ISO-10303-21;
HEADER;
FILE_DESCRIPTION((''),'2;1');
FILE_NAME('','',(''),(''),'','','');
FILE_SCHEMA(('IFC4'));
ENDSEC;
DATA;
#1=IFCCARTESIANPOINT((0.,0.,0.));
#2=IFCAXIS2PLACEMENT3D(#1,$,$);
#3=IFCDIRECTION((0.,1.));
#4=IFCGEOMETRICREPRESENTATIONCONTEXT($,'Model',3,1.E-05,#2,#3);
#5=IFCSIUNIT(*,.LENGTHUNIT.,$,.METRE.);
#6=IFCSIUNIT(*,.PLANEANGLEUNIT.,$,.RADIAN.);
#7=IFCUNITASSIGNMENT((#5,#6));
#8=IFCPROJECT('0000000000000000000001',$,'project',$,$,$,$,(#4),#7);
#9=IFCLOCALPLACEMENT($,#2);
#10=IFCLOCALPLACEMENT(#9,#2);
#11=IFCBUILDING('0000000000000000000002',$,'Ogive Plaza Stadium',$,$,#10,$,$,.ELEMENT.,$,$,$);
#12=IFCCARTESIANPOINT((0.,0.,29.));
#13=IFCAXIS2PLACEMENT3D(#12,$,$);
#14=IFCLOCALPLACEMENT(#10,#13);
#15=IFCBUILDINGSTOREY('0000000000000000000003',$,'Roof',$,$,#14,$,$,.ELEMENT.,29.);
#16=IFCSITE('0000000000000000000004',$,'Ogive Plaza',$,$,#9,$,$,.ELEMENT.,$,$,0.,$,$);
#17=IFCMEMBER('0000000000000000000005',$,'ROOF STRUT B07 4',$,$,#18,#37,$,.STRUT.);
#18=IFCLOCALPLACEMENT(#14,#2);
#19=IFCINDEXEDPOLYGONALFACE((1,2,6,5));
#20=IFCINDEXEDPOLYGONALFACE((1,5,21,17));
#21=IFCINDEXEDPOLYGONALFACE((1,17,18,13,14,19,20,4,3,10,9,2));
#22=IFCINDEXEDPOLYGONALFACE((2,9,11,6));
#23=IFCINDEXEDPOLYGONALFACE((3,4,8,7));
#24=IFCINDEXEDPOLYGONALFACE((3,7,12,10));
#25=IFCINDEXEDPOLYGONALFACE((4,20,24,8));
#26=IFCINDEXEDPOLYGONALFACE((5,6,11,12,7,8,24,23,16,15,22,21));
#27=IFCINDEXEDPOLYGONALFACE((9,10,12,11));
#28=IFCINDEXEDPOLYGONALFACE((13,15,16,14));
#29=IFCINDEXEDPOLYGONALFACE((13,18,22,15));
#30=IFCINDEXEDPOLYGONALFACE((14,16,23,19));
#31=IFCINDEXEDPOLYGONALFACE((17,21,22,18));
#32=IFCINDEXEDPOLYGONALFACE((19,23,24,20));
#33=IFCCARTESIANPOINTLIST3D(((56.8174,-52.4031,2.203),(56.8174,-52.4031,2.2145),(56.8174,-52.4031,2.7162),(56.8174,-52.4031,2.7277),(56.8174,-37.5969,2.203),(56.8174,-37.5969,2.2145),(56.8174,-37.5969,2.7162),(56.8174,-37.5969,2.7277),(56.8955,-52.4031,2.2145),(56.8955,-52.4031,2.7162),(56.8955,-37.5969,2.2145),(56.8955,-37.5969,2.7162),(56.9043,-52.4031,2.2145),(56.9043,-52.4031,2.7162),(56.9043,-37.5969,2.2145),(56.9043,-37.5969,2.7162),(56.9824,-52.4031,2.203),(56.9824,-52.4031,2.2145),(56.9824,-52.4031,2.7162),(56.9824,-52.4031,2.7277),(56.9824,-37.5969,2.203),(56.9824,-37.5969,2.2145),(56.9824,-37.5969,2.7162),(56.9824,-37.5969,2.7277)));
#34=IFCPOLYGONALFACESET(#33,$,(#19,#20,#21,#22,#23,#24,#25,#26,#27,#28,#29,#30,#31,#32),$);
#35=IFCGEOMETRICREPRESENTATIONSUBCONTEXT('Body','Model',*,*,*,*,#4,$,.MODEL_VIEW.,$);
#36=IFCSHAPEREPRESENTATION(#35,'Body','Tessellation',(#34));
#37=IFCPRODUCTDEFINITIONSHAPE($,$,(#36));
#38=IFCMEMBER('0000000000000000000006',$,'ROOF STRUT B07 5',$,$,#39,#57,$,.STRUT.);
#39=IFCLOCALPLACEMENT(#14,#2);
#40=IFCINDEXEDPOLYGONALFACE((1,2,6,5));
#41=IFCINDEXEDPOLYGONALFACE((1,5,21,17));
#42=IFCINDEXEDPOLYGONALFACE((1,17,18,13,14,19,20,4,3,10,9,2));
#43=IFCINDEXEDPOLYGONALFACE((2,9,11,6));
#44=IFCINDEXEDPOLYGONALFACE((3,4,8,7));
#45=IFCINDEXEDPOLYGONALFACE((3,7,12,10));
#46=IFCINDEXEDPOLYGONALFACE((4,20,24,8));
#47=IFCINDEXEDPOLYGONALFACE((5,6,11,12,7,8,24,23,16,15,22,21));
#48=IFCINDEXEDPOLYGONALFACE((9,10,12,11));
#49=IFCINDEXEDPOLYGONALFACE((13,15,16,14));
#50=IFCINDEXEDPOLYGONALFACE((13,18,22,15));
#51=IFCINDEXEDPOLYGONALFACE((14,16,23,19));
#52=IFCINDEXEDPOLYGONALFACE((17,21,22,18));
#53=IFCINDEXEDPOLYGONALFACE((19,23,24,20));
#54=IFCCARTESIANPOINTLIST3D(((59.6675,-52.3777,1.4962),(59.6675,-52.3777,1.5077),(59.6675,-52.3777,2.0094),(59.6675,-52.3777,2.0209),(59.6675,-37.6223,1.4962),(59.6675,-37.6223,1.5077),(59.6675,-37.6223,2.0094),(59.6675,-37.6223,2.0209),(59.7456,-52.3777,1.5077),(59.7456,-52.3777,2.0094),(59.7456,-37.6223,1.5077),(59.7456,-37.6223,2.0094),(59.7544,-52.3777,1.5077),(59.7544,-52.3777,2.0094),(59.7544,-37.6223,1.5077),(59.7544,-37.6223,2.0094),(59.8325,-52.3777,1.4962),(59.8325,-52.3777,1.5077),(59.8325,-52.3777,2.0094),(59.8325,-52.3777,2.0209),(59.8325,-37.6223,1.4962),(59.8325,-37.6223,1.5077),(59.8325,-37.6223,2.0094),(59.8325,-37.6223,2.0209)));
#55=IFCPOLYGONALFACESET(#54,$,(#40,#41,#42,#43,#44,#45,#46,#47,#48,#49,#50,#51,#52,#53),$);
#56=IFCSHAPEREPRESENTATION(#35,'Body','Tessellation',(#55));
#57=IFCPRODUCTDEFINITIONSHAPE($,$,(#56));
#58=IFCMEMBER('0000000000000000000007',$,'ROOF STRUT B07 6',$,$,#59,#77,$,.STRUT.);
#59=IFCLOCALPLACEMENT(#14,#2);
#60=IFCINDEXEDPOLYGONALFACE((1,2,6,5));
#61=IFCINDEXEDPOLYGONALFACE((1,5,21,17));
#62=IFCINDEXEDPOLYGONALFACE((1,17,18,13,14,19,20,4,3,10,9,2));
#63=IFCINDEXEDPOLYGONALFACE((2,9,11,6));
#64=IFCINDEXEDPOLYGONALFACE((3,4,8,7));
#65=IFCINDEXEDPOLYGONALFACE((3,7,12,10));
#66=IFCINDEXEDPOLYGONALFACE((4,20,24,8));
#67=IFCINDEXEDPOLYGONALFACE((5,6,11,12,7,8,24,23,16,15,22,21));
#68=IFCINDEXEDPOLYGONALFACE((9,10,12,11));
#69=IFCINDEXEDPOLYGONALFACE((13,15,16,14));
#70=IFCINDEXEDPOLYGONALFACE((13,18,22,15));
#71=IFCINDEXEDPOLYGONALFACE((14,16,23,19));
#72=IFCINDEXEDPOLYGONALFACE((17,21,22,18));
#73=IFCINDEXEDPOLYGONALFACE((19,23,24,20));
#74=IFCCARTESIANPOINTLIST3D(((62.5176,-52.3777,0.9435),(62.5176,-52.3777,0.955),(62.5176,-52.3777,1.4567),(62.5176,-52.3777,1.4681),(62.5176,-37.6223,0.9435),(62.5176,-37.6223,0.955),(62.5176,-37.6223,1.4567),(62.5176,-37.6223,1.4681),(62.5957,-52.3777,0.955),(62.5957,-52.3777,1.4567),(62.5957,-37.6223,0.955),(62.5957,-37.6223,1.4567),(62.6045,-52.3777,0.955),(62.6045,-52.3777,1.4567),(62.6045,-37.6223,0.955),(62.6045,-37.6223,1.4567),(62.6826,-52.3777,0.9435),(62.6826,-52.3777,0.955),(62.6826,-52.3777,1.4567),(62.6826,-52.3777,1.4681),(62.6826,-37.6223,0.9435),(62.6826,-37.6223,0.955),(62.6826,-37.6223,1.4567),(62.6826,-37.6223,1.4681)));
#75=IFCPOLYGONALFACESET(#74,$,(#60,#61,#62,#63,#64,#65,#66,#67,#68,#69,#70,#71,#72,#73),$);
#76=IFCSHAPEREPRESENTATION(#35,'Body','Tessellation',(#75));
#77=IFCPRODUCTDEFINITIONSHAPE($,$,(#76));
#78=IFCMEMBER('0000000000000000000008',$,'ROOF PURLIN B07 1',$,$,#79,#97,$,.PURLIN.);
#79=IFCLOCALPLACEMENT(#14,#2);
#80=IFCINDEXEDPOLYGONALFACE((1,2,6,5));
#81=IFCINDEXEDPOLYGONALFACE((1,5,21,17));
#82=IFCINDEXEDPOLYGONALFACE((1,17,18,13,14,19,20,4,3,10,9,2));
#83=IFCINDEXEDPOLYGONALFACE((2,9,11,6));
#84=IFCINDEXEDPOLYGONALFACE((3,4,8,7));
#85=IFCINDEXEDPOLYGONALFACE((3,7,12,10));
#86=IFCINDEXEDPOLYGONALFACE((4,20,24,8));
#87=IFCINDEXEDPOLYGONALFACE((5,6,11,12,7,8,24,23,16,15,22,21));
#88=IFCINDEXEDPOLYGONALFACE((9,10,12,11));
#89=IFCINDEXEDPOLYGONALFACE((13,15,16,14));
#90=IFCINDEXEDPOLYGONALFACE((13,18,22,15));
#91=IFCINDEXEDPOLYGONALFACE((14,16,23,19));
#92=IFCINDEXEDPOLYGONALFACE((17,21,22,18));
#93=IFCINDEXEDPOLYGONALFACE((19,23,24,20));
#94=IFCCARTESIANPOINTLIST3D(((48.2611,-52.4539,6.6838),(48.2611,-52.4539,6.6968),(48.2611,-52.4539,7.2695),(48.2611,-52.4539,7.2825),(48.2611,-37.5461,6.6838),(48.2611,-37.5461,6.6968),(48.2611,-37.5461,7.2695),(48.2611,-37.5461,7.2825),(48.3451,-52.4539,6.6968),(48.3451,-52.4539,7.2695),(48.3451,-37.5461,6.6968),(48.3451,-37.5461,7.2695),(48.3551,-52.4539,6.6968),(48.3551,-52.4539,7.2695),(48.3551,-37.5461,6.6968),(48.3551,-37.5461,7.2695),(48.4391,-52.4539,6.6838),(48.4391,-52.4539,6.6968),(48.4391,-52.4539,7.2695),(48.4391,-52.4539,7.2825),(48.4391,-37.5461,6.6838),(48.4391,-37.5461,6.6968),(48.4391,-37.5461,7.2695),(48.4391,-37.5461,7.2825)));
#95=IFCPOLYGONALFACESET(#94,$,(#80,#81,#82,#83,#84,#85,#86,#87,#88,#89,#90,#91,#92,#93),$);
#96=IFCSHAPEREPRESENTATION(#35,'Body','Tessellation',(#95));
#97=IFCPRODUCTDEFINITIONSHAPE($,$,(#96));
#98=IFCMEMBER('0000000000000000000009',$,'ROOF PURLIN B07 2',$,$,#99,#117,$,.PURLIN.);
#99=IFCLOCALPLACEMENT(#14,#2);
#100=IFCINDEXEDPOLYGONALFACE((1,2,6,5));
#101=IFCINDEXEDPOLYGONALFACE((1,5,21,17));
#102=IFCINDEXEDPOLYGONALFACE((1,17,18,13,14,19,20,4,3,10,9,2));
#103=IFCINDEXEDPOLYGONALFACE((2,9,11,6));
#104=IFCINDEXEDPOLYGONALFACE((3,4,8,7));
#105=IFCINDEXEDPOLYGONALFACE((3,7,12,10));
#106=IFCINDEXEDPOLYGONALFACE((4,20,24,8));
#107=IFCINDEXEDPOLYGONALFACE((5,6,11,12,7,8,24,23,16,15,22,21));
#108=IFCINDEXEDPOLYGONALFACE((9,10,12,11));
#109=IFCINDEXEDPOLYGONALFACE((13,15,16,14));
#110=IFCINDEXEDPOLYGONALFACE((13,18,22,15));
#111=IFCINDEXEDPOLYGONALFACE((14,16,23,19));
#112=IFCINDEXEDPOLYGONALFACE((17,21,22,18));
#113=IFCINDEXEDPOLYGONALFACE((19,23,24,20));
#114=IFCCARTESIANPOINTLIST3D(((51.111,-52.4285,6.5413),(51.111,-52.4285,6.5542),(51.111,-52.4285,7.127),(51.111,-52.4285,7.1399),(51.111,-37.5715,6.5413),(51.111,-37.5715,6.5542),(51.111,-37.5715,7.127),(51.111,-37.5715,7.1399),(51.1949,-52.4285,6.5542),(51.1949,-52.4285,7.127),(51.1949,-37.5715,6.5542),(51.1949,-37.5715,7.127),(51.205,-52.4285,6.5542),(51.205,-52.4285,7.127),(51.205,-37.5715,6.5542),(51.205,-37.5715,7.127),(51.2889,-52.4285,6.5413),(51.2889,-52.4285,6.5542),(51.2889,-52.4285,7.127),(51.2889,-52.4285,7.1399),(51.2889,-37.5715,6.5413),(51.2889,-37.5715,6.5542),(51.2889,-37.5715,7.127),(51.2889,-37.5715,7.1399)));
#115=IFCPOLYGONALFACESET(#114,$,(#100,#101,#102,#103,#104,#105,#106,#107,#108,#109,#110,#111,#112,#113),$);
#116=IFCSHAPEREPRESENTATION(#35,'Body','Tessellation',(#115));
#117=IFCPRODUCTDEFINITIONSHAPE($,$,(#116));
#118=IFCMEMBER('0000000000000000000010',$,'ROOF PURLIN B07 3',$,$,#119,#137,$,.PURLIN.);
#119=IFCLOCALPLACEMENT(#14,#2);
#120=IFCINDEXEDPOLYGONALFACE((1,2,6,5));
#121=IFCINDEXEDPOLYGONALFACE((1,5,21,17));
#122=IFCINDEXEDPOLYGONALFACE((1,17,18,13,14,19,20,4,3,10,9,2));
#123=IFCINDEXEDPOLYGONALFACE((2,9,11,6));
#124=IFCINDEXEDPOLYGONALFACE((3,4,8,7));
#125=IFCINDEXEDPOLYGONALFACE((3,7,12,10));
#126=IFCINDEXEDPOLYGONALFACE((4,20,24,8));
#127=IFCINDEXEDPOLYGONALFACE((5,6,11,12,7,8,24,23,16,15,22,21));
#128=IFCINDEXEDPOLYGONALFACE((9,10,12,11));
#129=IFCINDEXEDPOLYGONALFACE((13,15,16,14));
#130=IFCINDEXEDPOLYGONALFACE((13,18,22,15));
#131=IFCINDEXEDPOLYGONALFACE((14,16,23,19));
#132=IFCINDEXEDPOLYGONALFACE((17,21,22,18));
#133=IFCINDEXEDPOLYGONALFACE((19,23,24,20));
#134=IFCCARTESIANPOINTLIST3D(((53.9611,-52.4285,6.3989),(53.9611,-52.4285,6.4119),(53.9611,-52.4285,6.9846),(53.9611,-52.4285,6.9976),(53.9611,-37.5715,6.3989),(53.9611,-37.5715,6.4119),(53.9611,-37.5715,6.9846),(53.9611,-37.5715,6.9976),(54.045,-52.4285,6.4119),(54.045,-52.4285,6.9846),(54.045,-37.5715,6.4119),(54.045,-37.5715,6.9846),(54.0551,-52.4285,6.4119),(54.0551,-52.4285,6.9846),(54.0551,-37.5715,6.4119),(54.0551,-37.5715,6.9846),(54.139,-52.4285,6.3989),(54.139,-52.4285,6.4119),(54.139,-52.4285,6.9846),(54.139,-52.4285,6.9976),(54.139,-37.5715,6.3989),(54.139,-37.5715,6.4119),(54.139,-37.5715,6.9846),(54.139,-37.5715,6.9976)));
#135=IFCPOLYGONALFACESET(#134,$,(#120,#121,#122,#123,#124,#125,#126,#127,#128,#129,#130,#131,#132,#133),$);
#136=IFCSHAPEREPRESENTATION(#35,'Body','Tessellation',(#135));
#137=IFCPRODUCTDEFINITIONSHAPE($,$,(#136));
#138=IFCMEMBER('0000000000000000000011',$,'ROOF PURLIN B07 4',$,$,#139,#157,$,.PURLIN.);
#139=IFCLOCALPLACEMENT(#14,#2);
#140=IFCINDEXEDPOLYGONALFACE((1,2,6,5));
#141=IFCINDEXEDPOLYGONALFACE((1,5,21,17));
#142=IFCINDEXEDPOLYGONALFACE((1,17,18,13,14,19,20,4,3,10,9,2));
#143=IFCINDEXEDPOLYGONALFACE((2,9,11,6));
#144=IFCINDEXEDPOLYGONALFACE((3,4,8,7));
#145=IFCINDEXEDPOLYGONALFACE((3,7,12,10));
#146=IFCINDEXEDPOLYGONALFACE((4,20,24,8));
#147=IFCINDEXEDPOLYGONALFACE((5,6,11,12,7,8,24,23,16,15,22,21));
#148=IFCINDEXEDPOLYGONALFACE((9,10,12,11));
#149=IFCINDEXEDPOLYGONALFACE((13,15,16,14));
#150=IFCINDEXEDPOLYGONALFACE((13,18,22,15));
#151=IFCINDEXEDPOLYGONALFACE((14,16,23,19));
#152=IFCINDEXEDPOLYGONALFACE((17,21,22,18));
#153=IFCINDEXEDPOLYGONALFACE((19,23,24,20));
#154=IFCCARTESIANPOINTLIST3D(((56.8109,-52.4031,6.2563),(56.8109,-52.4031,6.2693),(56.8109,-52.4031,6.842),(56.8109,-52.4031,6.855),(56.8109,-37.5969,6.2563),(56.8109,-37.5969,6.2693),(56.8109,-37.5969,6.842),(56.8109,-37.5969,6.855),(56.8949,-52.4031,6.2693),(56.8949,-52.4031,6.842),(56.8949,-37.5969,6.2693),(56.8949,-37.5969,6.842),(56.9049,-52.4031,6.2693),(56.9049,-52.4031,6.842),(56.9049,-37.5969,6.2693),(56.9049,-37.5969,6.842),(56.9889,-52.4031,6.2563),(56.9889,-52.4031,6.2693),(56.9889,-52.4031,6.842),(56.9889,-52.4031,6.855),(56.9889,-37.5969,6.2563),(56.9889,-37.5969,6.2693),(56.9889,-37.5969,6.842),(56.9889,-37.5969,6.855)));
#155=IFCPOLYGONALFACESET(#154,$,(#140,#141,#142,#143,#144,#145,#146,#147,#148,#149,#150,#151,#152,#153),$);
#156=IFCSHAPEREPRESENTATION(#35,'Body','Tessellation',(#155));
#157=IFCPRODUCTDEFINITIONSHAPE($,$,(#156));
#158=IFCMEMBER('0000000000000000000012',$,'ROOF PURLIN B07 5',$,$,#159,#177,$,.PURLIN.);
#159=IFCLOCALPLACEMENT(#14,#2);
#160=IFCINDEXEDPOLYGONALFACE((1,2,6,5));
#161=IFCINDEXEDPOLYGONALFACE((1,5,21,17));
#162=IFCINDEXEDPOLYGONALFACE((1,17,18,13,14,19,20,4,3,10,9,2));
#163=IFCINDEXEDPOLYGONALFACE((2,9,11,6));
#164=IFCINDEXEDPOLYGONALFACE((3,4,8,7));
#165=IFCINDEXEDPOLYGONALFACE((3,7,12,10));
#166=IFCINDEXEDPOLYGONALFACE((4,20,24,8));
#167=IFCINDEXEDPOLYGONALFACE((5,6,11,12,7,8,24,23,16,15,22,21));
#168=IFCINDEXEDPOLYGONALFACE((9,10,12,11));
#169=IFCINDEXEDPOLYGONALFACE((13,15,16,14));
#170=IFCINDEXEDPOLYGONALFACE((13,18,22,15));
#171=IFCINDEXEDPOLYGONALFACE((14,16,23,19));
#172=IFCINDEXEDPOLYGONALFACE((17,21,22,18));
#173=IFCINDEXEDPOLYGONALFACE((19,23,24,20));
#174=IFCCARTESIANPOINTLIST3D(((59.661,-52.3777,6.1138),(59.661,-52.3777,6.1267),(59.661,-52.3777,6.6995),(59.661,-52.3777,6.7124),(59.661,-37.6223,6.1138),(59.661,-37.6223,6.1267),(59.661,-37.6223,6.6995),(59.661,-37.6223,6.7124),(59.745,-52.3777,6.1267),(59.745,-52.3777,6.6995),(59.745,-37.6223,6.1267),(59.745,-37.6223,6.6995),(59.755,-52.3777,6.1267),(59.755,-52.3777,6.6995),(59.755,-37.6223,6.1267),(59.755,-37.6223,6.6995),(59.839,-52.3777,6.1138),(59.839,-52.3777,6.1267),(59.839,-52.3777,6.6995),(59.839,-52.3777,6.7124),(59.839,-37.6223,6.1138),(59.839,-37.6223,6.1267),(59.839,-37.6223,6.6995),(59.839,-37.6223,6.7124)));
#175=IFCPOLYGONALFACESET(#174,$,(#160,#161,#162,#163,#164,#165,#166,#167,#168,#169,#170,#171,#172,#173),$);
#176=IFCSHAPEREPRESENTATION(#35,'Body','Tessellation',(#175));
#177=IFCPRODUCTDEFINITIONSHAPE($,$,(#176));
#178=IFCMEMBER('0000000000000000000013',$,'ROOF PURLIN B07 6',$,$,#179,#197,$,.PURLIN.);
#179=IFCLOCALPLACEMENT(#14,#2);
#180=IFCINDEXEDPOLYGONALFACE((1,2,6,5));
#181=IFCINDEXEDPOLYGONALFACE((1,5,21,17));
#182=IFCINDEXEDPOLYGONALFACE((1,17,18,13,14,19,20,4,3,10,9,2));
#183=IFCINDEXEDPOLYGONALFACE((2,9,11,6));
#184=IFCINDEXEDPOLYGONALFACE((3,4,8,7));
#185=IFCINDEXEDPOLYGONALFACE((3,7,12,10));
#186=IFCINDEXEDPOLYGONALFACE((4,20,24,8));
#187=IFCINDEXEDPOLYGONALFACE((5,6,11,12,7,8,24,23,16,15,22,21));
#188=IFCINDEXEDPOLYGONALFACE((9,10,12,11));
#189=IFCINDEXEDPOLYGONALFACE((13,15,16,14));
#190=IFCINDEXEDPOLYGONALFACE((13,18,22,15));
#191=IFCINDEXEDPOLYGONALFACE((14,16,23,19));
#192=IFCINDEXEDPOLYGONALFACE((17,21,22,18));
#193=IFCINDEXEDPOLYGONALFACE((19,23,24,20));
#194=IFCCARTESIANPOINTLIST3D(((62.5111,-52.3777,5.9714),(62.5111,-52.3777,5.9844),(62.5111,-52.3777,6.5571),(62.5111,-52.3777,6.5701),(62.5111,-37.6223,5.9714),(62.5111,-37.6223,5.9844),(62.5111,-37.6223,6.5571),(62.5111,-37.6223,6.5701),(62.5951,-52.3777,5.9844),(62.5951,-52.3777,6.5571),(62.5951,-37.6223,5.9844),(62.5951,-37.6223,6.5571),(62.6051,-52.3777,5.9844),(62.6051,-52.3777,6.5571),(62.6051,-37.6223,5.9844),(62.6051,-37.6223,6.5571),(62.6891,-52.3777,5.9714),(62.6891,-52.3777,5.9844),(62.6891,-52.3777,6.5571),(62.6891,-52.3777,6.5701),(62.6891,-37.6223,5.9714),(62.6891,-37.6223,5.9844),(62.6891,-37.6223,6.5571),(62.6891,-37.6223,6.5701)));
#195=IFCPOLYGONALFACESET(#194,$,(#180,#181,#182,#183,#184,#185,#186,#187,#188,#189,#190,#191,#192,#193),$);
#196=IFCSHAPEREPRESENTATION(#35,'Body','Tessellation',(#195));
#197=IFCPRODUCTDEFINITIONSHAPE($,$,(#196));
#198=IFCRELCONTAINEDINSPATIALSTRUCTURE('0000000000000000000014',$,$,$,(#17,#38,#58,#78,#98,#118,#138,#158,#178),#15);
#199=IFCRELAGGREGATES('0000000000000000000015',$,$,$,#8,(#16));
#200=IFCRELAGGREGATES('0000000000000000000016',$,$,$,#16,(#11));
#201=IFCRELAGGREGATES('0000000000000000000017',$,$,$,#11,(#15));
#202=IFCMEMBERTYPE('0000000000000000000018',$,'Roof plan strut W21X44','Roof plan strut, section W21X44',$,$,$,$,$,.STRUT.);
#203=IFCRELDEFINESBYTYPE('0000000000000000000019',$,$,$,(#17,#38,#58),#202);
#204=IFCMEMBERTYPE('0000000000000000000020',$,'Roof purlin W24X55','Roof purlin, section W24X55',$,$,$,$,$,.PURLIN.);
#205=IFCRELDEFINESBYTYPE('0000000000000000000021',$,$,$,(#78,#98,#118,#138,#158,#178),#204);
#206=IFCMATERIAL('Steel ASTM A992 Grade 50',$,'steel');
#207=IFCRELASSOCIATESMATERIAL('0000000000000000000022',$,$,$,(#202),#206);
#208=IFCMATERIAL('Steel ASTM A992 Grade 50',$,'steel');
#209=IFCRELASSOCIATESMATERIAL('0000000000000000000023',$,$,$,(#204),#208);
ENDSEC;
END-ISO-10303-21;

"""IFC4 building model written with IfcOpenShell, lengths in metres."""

from ifc_helpers import new_model, si_unit, direction, frame, origin, origin_2d, place, context, subcontext, project, spatial, i_section, extrude, material, material_profile, profile_set, type_object, element, save


model = new_model("IFC4")

# Units and contexts
model_context = context("Model", 3, precision=1e-05, world=origin(), true_north=direction((0.0, 1.0)))
body_context = subcontext(model_context, "Body", "Model", "MODEL_VIEW")
ifc_project = project(units=[si_unit("LENGTHUNIT", "METRE"), si_unit("PLANEANGLEUNIT", "RADIAN")], contexts=[model_context])

# Site, building, storey
site_placement = place(None, origin())
site = spatial("IfcSite", under=ifc_project, at=site_placement, Name="Ogive Plaza", CompositionType="ELEMENT", RefElevation=0.0)
building_placement = place(site_placement, origin())
building = spatial("IfcBuilding", under=site, at=building_placement, Name="Ogive Plaza Stadium", CompositionType="ELEMENT")
storey_placement = place(building_placement, frame((0.0, 0.0, 29.0)))
storey = spatial("IfcBuildingStorey", under=building, at=storey_placement, Name="Roof", CompositionType="ELEMENT", Elevation=29.0)

# Members
ifc_material_1 = material(Name="Steel ASTM A992 Grade 50", Category="steel")
ifc_material_profile_1 = material_profile(ifc_material_1, i_section(OverallWidth=0.165, OverallDepth=0.5247, WebThickness=0.0088, FlangeThickness=0.0115, at=origin_2d()), Name="W21X44")
ifc_profile_set_1 = profile_set([ifc_material_profile_1], Name="Steel ASTM A992 Grade 50")
member_type_1 = type_object("IfcMemberType", Name="Roof plan strut W21X44", Description="Roof plan strut, section W21X44", PredefinedType="STRUT", material=ifc_profile_set_1)
member_1_placement = place(storey_placement, frame((56.8999, -37.5969, 2.4653), z_axis=(0.0, -1.0, 0.0), x_axis=(1.0, 0.0, 0.0)))
element("IfcMember", 1, at=member_1_placement, inside=storey, type_object=member_type_1, Name="ROOF STRUT B07 4", PredefinedType="STRUT", context=body_context, shape_type="SweptSolid", body=[
    extrude(i_section(OverallWidth=0.165, OverallDepth=0.5247, WebThickness=0.0088, FlangeThickness=0.0115, at=origin_2d()), origin(), (0.0, 0.0, 1.0), 14.8062),
])
for number, where, z_axis, x_axis, name in (
    (2, (59.75, -37.6223, 1.7585), (0.0, -1.0, 0.0), (1.0, 0.0, 0.0), "ROOF STRUT B07 5"),
    (3, (62.6001, -37.6223, 1.2058), (0.0, -1.0, 0.0), (1.0, 0.0, 0.0), "ROOF STRUT B07 6"),
):
    element("IfcMember", number, at=place(storey_placement, frame(where, z_axis=z_axis, x_axis=x_axis)), inside=storey, type_object=member_type_1, Name=name, PredefinedType="STRUT", context=body_context, shape_type="SweptSolid", body=[
        extrude(i_section(OverallWidth=0.165, OverallDepth=0.5247, WebThickness=0.0088, FlangeThickness=0.0115, at=origin_2d()), origin(), (0.0, 0.0, 1.0), 14.7554),
    ])
ifc_material_2 = material(Name="Steel ASTM A992 Grade 50", Category="steel")
ifc_material_profile_2 = material_profile(ifc_material_2, i_section(OverallWidth=0.178, OverallDepth=0.5986, WebThickness=0.01, FlangeThickness=0.0129, at=origin_2d()), Name="W24X55")
ifc_profile_set_2 = profile_set([ifc_material_profile_2], Name="Steel ASTM A992 Grade 50")
member_type_2 = type_object("IfcMemberType", Name="Roof purlin W24X55", Description="Roof purlin, section W24X55", PredefinedType="PURLIN", material=ifc_profile_set_2)
member_2_placement = place(storey_placement, frame((48.3501, -37.5461, 6.9832), z_axis=(0.0, -1.0, 0.0), x_axis=(1.0, 0.0, 0.0)))
element("IfcMember", 4, at=member_2_placement, inside=storey, type_object=member_type_2, Name="ROOF PURLIN B07 1", PredefinedType="PURLIN", context=body_context, shape_type="SweptSolid", body=[
    extrude(i_section(OverallWidth=0.178, OverallDepth=0.5986, WebThickness=0.01, FlangeThickness=0.0129, at=origin_2d()), origin(), (0.0, 0.0, 1.0), 14.9077),
])
for number, where, z_axis, x_axis, name in (
    (5, (51.2, -37.5715, 6.8406), (0.0, -1.0, 0.0), (1.0, 0.0, 0.0), "ROOF PURLIN B07 2"),
    (6, (54.05, -37.5715, 6.6982), (0.0, -1.0, 0.0), (1.0, 0.0, 0.0), "ROOF PURLIN B07 3"),
):
    element("IfcMember", number, at=place(storey_placement, frame(where, z_axis=z_axis, x_axis=x_axis)), inside=storey, type_object=member_type_2, Name=name, PredefinedType="PURLIN", context=body_context, shape_type="SweptSolid", body=[
        extrude(i_section(OverallWidth=0.178, OverallDepth=0.5986, WebThickness=0.01, FlangeThickness=0.0129, at=origin_2d()), origin(), (0.0, 0.0, 1.0), 14.8569),
    ])
member_3_placement = place(storey_placement, frame((56.8999, -37.5969, 6.5557), z_axis=(0.0, -1.0, 0.0), x_axis=(1.0, 0.0, 0.0)))
element("IfcMember", 7, at=member_3_placement, inside=storey, type_object=member_type_2, Name="ROOF PURLIN B07 4", PredefinedType="PURLIN", context=body_context, shape_type="SweptSolid", body=[
    extrude(i_section(OverallWidth=0.178, OverallDepth=0.5986, WebThickness=0.01, FlangeThickness=0.0129, at=origin_2d()), origin(), (0.0, 0.0, 1.0), 14.8062),
])
for number, where, z_axis, x_axis, name in (
    (8, (59.75, -37.6223, 6.4131), (0.0, -1.0, 0.0), (1.0, 0.0, 0.0), "ROOF PURLIN B07 5"),
    (9, (62.6001, -37.6223, 6.2708), (0.0, -1.0, 0.0), (1.0, 0.0, 0.0), "ROOF PURLIN B07 6"),
):
    element("IfcMember", number, at=place(storey_placement, frame(where, z_axis=z_axis, x_axis=x_axis)), inside=storey, type_object=member_type_2, Name=name, PredefinedType="PURLIN", context=body_context, shape_type="SweptSolid", body=[
        extrude(i_section(OverallWidth=0.178, OverallDepth=0.5986, WebThickness=0.01, FlangeThickness=0.0129, at=origin_2d()), origin(), (0.0, 0.0, 1.0), 14.7554),
    ])

save(model, "model.ifc")
